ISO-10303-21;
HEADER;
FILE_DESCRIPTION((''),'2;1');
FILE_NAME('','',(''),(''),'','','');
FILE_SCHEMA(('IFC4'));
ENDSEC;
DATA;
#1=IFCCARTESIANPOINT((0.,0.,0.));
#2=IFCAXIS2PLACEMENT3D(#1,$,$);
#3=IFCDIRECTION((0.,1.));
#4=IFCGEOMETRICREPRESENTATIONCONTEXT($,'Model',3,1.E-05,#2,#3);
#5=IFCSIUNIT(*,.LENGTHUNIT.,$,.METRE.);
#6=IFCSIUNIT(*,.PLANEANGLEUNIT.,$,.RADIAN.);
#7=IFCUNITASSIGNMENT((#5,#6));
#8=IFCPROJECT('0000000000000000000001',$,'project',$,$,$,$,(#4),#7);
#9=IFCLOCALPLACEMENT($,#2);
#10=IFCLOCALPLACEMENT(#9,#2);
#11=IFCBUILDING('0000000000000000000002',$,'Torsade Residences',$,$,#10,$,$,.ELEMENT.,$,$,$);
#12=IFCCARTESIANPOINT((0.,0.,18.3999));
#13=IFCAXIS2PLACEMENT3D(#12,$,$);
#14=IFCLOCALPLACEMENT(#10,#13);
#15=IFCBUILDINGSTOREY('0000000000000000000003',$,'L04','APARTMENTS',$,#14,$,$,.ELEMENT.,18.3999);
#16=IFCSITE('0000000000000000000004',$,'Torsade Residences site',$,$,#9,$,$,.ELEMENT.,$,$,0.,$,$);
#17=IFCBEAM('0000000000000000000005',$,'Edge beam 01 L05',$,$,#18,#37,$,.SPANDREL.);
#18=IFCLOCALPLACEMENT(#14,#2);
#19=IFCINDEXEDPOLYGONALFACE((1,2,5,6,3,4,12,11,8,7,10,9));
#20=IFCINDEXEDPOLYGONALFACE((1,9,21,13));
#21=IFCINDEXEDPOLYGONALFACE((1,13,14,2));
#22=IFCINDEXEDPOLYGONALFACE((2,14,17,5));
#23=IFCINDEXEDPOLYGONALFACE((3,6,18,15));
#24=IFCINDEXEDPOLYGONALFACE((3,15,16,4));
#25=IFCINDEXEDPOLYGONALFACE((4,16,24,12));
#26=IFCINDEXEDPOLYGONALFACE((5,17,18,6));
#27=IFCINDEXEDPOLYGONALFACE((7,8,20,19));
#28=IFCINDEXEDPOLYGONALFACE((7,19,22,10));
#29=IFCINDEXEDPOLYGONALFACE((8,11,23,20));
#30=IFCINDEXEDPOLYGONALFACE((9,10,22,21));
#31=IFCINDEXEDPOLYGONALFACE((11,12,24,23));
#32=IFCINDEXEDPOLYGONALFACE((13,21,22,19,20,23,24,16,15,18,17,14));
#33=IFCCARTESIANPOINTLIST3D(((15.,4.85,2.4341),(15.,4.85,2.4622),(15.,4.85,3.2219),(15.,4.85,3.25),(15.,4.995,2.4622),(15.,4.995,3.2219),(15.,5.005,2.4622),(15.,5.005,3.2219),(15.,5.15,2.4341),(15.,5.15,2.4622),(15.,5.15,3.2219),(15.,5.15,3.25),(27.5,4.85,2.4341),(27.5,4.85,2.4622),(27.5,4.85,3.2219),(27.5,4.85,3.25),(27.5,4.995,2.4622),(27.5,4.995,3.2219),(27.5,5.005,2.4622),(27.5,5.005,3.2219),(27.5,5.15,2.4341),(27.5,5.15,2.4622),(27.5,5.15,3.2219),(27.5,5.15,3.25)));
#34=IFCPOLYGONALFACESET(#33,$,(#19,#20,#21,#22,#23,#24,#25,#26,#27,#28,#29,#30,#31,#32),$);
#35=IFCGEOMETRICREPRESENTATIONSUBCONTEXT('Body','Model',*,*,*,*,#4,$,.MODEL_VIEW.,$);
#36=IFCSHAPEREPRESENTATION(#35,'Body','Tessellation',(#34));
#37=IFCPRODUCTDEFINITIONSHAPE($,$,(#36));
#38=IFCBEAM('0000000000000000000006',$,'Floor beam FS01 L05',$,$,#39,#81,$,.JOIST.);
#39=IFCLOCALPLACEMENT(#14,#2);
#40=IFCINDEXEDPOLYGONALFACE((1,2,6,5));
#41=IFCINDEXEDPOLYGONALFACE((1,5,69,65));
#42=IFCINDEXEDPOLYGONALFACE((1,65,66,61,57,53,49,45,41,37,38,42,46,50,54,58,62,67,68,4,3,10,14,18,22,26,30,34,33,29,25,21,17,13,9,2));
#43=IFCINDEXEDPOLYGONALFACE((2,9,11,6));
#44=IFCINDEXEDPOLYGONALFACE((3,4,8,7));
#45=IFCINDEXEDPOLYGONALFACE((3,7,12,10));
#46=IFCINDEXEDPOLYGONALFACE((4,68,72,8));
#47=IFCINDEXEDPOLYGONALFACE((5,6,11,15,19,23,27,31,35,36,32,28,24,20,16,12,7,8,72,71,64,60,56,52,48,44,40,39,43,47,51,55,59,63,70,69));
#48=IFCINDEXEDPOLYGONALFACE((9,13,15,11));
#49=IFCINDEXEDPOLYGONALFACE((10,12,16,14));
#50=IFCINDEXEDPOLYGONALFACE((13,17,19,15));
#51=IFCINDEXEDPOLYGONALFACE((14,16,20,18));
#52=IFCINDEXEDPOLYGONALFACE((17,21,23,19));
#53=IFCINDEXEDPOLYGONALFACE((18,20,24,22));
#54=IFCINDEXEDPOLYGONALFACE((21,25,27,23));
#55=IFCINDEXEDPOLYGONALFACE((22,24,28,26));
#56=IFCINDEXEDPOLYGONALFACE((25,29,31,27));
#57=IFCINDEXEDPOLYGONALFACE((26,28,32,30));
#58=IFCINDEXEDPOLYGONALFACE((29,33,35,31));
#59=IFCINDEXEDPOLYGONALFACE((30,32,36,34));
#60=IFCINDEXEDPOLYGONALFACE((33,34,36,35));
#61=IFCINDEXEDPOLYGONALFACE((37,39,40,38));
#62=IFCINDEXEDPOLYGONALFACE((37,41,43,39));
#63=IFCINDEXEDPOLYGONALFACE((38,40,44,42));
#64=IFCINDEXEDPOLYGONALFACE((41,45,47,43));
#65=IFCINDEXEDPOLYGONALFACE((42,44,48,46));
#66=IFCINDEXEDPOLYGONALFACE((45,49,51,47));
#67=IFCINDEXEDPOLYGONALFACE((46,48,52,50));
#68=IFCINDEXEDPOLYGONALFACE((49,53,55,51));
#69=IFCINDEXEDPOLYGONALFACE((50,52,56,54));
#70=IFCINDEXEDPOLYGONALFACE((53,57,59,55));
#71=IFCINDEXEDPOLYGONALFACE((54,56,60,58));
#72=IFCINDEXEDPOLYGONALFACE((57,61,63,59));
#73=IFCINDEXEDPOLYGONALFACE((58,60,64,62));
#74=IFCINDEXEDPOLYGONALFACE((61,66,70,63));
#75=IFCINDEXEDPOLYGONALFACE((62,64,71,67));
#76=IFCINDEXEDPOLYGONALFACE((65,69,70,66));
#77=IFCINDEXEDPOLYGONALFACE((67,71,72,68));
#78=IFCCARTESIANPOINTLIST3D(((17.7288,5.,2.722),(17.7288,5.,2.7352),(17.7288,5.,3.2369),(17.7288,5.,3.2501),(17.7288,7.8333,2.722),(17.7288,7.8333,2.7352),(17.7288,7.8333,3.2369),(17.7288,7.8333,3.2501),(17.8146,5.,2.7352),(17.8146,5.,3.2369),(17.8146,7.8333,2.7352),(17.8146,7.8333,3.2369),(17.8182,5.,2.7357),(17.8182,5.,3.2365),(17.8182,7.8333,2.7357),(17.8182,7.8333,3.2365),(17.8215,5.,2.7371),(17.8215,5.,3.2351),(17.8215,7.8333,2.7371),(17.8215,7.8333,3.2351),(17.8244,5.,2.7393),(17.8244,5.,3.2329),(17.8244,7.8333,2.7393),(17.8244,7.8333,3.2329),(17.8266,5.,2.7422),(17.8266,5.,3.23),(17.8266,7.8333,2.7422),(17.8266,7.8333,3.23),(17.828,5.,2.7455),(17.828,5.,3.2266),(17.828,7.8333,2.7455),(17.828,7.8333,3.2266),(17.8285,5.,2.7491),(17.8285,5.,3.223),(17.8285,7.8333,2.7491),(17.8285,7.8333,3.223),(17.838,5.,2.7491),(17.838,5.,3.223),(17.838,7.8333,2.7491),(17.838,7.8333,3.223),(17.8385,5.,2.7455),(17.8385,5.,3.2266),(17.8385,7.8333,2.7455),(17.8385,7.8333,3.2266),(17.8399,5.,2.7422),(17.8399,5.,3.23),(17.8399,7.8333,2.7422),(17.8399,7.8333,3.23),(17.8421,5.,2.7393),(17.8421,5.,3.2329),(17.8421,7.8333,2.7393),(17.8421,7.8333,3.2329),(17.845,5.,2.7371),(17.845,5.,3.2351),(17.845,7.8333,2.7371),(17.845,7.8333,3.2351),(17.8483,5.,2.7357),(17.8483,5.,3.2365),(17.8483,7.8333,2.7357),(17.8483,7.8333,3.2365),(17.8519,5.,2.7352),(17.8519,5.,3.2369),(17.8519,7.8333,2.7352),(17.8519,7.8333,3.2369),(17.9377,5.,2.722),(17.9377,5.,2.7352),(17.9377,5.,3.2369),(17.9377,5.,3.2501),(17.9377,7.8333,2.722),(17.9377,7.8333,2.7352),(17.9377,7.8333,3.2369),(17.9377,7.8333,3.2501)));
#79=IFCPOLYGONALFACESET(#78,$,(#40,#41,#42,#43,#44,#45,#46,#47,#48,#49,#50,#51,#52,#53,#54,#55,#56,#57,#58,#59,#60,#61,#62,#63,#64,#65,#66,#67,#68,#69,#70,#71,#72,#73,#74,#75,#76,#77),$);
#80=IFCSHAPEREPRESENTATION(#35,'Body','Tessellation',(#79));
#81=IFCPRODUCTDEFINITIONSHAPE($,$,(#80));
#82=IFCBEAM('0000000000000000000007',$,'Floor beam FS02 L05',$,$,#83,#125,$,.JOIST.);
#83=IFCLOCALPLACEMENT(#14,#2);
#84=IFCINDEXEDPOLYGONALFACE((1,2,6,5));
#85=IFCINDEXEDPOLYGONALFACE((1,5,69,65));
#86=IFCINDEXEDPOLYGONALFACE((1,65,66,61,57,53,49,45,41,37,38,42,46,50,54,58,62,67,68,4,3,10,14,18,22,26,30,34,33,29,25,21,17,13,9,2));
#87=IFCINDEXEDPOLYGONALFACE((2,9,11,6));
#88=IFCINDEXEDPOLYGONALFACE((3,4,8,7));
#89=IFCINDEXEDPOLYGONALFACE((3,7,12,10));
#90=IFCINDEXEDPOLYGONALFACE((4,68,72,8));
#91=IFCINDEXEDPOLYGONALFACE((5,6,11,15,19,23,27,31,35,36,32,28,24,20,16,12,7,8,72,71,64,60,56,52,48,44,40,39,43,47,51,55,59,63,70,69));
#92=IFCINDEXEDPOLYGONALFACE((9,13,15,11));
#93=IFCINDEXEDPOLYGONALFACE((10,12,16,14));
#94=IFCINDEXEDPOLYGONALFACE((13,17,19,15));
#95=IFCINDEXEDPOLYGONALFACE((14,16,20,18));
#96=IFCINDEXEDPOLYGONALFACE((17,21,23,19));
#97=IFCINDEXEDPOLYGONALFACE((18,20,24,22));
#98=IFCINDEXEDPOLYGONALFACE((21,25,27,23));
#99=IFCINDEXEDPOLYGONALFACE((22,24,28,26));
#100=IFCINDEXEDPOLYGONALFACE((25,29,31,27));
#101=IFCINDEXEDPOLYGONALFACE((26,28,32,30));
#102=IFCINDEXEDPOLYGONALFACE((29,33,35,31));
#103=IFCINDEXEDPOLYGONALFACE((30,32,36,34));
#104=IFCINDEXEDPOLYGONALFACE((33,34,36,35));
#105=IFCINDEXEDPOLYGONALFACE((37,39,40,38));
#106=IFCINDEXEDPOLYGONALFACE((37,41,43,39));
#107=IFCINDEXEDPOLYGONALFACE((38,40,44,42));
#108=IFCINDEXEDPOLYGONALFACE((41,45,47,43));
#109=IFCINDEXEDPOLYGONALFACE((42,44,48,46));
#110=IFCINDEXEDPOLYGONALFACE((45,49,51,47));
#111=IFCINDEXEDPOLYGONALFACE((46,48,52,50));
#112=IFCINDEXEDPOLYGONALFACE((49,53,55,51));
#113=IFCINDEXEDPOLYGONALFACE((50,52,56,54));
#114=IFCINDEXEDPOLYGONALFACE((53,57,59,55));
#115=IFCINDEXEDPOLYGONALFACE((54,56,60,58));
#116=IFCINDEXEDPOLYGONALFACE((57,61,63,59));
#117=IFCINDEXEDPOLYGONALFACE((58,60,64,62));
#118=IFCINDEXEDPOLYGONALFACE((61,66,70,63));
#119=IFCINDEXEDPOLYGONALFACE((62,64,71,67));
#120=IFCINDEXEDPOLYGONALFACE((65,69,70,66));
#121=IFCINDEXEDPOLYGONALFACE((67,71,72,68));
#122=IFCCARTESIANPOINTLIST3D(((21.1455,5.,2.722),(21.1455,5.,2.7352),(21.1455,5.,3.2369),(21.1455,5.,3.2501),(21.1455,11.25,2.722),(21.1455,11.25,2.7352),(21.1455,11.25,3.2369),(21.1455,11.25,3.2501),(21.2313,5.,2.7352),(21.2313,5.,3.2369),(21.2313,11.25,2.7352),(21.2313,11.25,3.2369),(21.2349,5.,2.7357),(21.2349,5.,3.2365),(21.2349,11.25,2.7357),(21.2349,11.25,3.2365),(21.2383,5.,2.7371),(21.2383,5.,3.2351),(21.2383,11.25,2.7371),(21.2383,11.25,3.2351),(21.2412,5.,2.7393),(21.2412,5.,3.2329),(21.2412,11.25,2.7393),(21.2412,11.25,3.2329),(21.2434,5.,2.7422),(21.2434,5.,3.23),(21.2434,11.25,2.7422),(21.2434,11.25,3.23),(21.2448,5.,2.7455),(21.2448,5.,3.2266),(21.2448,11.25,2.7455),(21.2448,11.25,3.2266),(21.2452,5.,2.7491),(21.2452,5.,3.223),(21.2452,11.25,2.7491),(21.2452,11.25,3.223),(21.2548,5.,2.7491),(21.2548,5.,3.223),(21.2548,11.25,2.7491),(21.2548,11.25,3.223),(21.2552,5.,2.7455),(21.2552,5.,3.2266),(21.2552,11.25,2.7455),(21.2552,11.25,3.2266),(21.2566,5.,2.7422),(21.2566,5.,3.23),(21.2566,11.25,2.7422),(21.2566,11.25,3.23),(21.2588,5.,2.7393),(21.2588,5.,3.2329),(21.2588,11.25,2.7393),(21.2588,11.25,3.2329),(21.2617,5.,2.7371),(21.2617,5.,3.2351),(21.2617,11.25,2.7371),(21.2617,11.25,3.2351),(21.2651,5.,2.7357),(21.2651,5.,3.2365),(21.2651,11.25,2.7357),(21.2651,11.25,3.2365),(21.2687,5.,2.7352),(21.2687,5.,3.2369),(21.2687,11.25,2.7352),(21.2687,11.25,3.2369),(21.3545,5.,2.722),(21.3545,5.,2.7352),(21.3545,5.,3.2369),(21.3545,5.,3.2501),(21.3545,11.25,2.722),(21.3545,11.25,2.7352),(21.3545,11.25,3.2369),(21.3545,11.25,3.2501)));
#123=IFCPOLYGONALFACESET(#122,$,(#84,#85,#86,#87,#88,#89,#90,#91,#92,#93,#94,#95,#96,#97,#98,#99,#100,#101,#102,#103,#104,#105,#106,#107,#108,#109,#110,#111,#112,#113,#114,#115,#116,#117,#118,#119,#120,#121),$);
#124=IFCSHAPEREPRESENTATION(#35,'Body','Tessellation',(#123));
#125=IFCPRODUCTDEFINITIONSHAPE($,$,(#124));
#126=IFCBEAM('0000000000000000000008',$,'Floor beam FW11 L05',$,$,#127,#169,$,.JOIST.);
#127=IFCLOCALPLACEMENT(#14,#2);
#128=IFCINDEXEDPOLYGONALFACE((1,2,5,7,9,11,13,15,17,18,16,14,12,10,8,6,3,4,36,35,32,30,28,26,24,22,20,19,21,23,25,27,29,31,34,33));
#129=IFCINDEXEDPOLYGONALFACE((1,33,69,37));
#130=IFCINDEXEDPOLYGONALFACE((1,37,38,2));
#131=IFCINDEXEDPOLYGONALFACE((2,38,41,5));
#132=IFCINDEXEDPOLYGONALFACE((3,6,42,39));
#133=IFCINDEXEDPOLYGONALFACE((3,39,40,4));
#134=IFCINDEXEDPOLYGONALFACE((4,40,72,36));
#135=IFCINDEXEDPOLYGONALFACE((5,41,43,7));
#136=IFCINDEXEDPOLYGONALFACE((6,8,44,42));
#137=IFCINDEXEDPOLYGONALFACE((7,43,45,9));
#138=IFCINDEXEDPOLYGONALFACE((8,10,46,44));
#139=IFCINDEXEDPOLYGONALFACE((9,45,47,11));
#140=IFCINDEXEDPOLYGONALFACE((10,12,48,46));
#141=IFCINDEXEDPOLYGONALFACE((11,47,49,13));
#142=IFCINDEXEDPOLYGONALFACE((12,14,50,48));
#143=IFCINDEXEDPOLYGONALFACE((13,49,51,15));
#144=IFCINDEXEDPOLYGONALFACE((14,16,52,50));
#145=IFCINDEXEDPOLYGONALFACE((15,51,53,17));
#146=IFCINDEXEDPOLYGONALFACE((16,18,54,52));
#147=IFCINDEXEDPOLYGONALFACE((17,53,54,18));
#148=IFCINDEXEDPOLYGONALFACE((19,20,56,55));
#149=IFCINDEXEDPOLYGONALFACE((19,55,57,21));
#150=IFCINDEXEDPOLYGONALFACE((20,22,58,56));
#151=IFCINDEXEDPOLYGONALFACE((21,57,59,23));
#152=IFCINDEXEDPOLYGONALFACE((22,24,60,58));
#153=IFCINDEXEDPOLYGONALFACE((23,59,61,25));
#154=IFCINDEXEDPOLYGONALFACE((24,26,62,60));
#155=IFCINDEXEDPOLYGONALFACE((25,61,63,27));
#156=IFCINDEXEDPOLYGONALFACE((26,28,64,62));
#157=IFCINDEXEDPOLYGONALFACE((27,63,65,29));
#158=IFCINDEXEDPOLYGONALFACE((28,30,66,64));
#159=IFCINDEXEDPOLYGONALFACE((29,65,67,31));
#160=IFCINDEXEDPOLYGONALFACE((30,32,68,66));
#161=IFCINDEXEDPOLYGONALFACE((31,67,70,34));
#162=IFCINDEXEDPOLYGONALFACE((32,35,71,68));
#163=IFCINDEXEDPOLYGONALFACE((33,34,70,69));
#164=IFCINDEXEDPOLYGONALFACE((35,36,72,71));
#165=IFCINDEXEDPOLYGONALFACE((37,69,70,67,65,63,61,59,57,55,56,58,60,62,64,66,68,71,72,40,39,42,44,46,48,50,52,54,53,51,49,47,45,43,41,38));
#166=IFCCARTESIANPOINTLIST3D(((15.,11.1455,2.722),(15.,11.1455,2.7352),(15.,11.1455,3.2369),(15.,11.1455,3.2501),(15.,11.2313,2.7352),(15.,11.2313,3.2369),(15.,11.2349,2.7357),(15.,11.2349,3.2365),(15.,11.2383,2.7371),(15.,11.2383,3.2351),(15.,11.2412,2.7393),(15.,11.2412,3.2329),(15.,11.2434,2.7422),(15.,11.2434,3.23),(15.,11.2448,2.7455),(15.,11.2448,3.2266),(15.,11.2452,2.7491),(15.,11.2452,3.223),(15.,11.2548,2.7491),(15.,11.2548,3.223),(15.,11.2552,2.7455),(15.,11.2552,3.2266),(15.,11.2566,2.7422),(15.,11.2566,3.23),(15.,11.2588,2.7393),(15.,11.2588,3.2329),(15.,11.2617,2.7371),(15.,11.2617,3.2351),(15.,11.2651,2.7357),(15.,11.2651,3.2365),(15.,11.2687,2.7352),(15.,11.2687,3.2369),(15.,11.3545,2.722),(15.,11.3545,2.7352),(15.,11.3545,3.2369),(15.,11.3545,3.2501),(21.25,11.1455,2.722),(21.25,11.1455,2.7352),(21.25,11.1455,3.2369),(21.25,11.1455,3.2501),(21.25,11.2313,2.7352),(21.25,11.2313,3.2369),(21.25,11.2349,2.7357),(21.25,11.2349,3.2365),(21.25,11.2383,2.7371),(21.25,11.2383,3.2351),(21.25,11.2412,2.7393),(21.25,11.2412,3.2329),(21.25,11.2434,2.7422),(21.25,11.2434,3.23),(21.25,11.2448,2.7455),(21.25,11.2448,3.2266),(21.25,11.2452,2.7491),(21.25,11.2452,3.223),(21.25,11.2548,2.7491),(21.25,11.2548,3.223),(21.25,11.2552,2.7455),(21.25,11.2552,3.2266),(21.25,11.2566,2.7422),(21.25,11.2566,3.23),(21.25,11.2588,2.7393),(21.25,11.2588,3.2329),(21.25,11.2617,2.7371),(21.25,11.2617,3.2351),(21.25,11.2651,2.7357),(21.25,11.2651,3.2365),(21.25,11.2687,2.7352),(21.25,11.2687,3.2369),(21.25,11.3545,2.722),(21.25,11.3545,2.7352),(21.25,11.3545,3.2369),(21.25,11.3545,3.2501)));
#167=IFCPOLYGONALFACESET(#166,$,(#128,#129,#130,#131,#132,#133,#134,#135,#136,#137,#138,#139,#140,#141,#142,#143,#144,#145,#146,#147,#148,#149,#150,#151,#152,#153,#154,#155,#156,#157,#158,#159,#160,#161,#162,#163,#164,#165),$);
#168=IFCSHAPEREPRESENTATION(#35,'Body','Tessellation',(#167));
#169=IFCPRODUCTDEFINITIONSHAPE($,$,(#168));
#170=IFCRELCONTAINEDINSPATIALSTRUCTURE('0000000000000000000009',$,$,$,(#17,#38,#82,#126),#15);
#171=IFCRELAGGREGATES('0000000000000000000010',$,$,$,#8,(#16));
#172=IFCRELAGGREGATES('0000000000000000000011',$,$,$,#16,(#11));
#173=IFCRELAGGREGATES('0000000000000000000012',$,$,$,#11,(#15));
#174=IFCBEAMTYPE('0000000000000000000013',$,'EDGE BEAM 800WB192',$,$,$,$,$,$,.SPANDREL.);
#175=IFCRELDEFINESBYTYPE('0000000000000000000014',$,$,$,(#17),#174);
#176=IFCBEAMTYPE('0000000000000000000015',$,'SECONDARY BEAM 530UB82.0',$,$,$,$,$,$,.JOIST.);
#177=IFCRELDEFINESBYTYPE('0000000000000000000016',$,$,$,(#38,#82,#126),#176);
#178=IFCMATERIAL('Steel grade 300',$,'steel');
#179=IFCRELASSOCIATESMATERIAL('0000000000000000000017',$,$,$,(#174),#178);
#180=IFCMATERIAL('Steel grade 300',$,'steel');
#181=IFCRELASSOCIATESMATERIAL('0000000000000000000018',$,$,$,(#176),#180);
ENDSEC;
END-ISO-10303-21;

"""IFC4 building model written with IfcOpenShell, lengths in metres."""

from ifc_helpers import new_model, si_unit, direction, frame, origin, origin_2d, place, context, subcontext, project, spatial, i_section, extrude, material, material_profile, profile_set, type_object, element, save


model = new_model("IFC4")

# Units and contexts
model_context = context("Model", 3, precision=1e-05, world=origin(), true_north=direction((0.0, 1.0)))
body_context = subcontext(model_context, "Body", "Model", "MODEL_VIEW")
ifc_project = project(units=[si_unit("LENGTHUNIT", "METRE"), si_unit("PLANEANGLEUNIT", "RADIAN")], contexts=[model_context])

# Site, building, storey
site_placement = place(None, origin())
site = spatial("IfcSite", under=ifc_project, at=site_placement, Name="Torsade Residences site", CompositionType="ELEMENT", RefElevation=0.0)
building_placement = place(site_placement, origin())
building = spatial("IfcBuilding", under=site, at=building_placement, Name="Torsade Residences", CompositionType="ELEMENT")
storey_placement = place(building_placement, frame((0.0, 0.0, 18.3999)))
storey = spatial("IfcBuildingStorey", under=building, at=storey_placement, Name="L04", Description="APARTMENTS", CompositionType="ELEMENT", Elevation=18.3999)

# Beams
ifc_material_1 = material(Name="Steel grade 300", Category="steel")
ifc_material_profile_1 = material_profile(ifc_material_1, i_section(OverallWidth=0.3, OverallDepth=0.8159, WebThickness=0.01, FlangeThickness=0.0281, at=origin_2d()), Name="800WB192")
ifc_profile_set_1 = profile_set([ifc_material_profile_1], Name="Steel grade 300")
beam_type_1 = type_object("IfcBeamType", Name="EDGE BEAM 800WB192", PredefinedType="SPANDREL", material=ifc_profile_set_1)
beam_1_placement = place(storey_placement, frame((15.0, 5.0, 2.842), z_axis=(1.0, 0.0, 0.0), x_axis=(0.0, 1.0, 0.0)))
element("IfcBeam", 1, at=beam_1_placement, inside=storey, type_object=beam_type_1, Name="Edge beam 01 L05", PredefinedType="SPANDREL", context=body_context, shape_type="SweptSolid", body=[
    extrude(i_section(OverallWidth=0.3, OverallDepth=0.8159, WebThickness=0.01, FlangeThickness=0.0281, at=origin_2d()), origin(), (0.0, 0.0, 1.0), 12.5),
])
ifc_material_2 = material(Name="Steel grade 300", Category="steel")
ifc_material_profile_2 = material_profile(ifc_material_2, i_section(OverallWidth=0.209, OverallDepth=0.5281, WebThickness=0.0095, FlangeThickness=0.0132, FilletRadius=0.0139, at=origin_2d()), Name="530UB82.0")
ifc_profile_set_2 = profile_set([ifc_material_profile_2], Name="Steel grade 300")
beam_type_2 = type_object("IfcBeamType", Name="SECONDARY BEAM 530UB82.0", PredefinedType="JOIST", material=ifc_profile_set_2)
beam_2_placement = place(storey_placement, frame((17.8333, 5.0, 2.9861), z_axis=(0.0, 1.0, 0.0), x_axis=(-1.0, 0.0, 0.0)))
element("IfcBeam", 2, at=beam_2_placement, inside=storey, type_object=beam_type_2, Name="Floor beam FS01 L05", PredefinedType="JOIST", context=body_context, shape_type="SweptSolid", body=[
    extrude(i_section(OverallWidth=0.209, OverallDepth=0.5281, WebThickness=0.0095, FlangeThickness=0.0132, FilletRadius=0.0139, at=origin_2d()), origin(), (0.0, 0.0, 1.0), 2.8333),
])
for number, where, z_axis, x_axis, name in (
    (3, (21.25, 5.0, 2.9861), (0.0, 1.0, 0.0), (-1.0, 0.0, 0.0), "Floor beam FS02 L05"),
    (4, (15.0, 11.25, 2.9861), (1.0, 0.0, 0.0), (0.0, 1.0, 0.0), "Floor beam FW11 L05"),
):
    element("IfcBeam", number, at=place(storey_placement, frame(where, z_axis=z_axis, x_axis=x_axis)), inside=storey, type_object=beam_type_2, Name=name, PredefinedType="JOIST", context=body_context, shape_type="SweptSolid", body=[
        extrude(i_section(OverallWidth=0.209, OverallDepth=0.5281, WebThickness=0.0095, FlangeThickness=0.0132, FilletRadius=0.0139, at=origin_2d()), origin(), (0.0, 0.0, 1.0), 6.25),
    ])

save(model, "model.ifc")
